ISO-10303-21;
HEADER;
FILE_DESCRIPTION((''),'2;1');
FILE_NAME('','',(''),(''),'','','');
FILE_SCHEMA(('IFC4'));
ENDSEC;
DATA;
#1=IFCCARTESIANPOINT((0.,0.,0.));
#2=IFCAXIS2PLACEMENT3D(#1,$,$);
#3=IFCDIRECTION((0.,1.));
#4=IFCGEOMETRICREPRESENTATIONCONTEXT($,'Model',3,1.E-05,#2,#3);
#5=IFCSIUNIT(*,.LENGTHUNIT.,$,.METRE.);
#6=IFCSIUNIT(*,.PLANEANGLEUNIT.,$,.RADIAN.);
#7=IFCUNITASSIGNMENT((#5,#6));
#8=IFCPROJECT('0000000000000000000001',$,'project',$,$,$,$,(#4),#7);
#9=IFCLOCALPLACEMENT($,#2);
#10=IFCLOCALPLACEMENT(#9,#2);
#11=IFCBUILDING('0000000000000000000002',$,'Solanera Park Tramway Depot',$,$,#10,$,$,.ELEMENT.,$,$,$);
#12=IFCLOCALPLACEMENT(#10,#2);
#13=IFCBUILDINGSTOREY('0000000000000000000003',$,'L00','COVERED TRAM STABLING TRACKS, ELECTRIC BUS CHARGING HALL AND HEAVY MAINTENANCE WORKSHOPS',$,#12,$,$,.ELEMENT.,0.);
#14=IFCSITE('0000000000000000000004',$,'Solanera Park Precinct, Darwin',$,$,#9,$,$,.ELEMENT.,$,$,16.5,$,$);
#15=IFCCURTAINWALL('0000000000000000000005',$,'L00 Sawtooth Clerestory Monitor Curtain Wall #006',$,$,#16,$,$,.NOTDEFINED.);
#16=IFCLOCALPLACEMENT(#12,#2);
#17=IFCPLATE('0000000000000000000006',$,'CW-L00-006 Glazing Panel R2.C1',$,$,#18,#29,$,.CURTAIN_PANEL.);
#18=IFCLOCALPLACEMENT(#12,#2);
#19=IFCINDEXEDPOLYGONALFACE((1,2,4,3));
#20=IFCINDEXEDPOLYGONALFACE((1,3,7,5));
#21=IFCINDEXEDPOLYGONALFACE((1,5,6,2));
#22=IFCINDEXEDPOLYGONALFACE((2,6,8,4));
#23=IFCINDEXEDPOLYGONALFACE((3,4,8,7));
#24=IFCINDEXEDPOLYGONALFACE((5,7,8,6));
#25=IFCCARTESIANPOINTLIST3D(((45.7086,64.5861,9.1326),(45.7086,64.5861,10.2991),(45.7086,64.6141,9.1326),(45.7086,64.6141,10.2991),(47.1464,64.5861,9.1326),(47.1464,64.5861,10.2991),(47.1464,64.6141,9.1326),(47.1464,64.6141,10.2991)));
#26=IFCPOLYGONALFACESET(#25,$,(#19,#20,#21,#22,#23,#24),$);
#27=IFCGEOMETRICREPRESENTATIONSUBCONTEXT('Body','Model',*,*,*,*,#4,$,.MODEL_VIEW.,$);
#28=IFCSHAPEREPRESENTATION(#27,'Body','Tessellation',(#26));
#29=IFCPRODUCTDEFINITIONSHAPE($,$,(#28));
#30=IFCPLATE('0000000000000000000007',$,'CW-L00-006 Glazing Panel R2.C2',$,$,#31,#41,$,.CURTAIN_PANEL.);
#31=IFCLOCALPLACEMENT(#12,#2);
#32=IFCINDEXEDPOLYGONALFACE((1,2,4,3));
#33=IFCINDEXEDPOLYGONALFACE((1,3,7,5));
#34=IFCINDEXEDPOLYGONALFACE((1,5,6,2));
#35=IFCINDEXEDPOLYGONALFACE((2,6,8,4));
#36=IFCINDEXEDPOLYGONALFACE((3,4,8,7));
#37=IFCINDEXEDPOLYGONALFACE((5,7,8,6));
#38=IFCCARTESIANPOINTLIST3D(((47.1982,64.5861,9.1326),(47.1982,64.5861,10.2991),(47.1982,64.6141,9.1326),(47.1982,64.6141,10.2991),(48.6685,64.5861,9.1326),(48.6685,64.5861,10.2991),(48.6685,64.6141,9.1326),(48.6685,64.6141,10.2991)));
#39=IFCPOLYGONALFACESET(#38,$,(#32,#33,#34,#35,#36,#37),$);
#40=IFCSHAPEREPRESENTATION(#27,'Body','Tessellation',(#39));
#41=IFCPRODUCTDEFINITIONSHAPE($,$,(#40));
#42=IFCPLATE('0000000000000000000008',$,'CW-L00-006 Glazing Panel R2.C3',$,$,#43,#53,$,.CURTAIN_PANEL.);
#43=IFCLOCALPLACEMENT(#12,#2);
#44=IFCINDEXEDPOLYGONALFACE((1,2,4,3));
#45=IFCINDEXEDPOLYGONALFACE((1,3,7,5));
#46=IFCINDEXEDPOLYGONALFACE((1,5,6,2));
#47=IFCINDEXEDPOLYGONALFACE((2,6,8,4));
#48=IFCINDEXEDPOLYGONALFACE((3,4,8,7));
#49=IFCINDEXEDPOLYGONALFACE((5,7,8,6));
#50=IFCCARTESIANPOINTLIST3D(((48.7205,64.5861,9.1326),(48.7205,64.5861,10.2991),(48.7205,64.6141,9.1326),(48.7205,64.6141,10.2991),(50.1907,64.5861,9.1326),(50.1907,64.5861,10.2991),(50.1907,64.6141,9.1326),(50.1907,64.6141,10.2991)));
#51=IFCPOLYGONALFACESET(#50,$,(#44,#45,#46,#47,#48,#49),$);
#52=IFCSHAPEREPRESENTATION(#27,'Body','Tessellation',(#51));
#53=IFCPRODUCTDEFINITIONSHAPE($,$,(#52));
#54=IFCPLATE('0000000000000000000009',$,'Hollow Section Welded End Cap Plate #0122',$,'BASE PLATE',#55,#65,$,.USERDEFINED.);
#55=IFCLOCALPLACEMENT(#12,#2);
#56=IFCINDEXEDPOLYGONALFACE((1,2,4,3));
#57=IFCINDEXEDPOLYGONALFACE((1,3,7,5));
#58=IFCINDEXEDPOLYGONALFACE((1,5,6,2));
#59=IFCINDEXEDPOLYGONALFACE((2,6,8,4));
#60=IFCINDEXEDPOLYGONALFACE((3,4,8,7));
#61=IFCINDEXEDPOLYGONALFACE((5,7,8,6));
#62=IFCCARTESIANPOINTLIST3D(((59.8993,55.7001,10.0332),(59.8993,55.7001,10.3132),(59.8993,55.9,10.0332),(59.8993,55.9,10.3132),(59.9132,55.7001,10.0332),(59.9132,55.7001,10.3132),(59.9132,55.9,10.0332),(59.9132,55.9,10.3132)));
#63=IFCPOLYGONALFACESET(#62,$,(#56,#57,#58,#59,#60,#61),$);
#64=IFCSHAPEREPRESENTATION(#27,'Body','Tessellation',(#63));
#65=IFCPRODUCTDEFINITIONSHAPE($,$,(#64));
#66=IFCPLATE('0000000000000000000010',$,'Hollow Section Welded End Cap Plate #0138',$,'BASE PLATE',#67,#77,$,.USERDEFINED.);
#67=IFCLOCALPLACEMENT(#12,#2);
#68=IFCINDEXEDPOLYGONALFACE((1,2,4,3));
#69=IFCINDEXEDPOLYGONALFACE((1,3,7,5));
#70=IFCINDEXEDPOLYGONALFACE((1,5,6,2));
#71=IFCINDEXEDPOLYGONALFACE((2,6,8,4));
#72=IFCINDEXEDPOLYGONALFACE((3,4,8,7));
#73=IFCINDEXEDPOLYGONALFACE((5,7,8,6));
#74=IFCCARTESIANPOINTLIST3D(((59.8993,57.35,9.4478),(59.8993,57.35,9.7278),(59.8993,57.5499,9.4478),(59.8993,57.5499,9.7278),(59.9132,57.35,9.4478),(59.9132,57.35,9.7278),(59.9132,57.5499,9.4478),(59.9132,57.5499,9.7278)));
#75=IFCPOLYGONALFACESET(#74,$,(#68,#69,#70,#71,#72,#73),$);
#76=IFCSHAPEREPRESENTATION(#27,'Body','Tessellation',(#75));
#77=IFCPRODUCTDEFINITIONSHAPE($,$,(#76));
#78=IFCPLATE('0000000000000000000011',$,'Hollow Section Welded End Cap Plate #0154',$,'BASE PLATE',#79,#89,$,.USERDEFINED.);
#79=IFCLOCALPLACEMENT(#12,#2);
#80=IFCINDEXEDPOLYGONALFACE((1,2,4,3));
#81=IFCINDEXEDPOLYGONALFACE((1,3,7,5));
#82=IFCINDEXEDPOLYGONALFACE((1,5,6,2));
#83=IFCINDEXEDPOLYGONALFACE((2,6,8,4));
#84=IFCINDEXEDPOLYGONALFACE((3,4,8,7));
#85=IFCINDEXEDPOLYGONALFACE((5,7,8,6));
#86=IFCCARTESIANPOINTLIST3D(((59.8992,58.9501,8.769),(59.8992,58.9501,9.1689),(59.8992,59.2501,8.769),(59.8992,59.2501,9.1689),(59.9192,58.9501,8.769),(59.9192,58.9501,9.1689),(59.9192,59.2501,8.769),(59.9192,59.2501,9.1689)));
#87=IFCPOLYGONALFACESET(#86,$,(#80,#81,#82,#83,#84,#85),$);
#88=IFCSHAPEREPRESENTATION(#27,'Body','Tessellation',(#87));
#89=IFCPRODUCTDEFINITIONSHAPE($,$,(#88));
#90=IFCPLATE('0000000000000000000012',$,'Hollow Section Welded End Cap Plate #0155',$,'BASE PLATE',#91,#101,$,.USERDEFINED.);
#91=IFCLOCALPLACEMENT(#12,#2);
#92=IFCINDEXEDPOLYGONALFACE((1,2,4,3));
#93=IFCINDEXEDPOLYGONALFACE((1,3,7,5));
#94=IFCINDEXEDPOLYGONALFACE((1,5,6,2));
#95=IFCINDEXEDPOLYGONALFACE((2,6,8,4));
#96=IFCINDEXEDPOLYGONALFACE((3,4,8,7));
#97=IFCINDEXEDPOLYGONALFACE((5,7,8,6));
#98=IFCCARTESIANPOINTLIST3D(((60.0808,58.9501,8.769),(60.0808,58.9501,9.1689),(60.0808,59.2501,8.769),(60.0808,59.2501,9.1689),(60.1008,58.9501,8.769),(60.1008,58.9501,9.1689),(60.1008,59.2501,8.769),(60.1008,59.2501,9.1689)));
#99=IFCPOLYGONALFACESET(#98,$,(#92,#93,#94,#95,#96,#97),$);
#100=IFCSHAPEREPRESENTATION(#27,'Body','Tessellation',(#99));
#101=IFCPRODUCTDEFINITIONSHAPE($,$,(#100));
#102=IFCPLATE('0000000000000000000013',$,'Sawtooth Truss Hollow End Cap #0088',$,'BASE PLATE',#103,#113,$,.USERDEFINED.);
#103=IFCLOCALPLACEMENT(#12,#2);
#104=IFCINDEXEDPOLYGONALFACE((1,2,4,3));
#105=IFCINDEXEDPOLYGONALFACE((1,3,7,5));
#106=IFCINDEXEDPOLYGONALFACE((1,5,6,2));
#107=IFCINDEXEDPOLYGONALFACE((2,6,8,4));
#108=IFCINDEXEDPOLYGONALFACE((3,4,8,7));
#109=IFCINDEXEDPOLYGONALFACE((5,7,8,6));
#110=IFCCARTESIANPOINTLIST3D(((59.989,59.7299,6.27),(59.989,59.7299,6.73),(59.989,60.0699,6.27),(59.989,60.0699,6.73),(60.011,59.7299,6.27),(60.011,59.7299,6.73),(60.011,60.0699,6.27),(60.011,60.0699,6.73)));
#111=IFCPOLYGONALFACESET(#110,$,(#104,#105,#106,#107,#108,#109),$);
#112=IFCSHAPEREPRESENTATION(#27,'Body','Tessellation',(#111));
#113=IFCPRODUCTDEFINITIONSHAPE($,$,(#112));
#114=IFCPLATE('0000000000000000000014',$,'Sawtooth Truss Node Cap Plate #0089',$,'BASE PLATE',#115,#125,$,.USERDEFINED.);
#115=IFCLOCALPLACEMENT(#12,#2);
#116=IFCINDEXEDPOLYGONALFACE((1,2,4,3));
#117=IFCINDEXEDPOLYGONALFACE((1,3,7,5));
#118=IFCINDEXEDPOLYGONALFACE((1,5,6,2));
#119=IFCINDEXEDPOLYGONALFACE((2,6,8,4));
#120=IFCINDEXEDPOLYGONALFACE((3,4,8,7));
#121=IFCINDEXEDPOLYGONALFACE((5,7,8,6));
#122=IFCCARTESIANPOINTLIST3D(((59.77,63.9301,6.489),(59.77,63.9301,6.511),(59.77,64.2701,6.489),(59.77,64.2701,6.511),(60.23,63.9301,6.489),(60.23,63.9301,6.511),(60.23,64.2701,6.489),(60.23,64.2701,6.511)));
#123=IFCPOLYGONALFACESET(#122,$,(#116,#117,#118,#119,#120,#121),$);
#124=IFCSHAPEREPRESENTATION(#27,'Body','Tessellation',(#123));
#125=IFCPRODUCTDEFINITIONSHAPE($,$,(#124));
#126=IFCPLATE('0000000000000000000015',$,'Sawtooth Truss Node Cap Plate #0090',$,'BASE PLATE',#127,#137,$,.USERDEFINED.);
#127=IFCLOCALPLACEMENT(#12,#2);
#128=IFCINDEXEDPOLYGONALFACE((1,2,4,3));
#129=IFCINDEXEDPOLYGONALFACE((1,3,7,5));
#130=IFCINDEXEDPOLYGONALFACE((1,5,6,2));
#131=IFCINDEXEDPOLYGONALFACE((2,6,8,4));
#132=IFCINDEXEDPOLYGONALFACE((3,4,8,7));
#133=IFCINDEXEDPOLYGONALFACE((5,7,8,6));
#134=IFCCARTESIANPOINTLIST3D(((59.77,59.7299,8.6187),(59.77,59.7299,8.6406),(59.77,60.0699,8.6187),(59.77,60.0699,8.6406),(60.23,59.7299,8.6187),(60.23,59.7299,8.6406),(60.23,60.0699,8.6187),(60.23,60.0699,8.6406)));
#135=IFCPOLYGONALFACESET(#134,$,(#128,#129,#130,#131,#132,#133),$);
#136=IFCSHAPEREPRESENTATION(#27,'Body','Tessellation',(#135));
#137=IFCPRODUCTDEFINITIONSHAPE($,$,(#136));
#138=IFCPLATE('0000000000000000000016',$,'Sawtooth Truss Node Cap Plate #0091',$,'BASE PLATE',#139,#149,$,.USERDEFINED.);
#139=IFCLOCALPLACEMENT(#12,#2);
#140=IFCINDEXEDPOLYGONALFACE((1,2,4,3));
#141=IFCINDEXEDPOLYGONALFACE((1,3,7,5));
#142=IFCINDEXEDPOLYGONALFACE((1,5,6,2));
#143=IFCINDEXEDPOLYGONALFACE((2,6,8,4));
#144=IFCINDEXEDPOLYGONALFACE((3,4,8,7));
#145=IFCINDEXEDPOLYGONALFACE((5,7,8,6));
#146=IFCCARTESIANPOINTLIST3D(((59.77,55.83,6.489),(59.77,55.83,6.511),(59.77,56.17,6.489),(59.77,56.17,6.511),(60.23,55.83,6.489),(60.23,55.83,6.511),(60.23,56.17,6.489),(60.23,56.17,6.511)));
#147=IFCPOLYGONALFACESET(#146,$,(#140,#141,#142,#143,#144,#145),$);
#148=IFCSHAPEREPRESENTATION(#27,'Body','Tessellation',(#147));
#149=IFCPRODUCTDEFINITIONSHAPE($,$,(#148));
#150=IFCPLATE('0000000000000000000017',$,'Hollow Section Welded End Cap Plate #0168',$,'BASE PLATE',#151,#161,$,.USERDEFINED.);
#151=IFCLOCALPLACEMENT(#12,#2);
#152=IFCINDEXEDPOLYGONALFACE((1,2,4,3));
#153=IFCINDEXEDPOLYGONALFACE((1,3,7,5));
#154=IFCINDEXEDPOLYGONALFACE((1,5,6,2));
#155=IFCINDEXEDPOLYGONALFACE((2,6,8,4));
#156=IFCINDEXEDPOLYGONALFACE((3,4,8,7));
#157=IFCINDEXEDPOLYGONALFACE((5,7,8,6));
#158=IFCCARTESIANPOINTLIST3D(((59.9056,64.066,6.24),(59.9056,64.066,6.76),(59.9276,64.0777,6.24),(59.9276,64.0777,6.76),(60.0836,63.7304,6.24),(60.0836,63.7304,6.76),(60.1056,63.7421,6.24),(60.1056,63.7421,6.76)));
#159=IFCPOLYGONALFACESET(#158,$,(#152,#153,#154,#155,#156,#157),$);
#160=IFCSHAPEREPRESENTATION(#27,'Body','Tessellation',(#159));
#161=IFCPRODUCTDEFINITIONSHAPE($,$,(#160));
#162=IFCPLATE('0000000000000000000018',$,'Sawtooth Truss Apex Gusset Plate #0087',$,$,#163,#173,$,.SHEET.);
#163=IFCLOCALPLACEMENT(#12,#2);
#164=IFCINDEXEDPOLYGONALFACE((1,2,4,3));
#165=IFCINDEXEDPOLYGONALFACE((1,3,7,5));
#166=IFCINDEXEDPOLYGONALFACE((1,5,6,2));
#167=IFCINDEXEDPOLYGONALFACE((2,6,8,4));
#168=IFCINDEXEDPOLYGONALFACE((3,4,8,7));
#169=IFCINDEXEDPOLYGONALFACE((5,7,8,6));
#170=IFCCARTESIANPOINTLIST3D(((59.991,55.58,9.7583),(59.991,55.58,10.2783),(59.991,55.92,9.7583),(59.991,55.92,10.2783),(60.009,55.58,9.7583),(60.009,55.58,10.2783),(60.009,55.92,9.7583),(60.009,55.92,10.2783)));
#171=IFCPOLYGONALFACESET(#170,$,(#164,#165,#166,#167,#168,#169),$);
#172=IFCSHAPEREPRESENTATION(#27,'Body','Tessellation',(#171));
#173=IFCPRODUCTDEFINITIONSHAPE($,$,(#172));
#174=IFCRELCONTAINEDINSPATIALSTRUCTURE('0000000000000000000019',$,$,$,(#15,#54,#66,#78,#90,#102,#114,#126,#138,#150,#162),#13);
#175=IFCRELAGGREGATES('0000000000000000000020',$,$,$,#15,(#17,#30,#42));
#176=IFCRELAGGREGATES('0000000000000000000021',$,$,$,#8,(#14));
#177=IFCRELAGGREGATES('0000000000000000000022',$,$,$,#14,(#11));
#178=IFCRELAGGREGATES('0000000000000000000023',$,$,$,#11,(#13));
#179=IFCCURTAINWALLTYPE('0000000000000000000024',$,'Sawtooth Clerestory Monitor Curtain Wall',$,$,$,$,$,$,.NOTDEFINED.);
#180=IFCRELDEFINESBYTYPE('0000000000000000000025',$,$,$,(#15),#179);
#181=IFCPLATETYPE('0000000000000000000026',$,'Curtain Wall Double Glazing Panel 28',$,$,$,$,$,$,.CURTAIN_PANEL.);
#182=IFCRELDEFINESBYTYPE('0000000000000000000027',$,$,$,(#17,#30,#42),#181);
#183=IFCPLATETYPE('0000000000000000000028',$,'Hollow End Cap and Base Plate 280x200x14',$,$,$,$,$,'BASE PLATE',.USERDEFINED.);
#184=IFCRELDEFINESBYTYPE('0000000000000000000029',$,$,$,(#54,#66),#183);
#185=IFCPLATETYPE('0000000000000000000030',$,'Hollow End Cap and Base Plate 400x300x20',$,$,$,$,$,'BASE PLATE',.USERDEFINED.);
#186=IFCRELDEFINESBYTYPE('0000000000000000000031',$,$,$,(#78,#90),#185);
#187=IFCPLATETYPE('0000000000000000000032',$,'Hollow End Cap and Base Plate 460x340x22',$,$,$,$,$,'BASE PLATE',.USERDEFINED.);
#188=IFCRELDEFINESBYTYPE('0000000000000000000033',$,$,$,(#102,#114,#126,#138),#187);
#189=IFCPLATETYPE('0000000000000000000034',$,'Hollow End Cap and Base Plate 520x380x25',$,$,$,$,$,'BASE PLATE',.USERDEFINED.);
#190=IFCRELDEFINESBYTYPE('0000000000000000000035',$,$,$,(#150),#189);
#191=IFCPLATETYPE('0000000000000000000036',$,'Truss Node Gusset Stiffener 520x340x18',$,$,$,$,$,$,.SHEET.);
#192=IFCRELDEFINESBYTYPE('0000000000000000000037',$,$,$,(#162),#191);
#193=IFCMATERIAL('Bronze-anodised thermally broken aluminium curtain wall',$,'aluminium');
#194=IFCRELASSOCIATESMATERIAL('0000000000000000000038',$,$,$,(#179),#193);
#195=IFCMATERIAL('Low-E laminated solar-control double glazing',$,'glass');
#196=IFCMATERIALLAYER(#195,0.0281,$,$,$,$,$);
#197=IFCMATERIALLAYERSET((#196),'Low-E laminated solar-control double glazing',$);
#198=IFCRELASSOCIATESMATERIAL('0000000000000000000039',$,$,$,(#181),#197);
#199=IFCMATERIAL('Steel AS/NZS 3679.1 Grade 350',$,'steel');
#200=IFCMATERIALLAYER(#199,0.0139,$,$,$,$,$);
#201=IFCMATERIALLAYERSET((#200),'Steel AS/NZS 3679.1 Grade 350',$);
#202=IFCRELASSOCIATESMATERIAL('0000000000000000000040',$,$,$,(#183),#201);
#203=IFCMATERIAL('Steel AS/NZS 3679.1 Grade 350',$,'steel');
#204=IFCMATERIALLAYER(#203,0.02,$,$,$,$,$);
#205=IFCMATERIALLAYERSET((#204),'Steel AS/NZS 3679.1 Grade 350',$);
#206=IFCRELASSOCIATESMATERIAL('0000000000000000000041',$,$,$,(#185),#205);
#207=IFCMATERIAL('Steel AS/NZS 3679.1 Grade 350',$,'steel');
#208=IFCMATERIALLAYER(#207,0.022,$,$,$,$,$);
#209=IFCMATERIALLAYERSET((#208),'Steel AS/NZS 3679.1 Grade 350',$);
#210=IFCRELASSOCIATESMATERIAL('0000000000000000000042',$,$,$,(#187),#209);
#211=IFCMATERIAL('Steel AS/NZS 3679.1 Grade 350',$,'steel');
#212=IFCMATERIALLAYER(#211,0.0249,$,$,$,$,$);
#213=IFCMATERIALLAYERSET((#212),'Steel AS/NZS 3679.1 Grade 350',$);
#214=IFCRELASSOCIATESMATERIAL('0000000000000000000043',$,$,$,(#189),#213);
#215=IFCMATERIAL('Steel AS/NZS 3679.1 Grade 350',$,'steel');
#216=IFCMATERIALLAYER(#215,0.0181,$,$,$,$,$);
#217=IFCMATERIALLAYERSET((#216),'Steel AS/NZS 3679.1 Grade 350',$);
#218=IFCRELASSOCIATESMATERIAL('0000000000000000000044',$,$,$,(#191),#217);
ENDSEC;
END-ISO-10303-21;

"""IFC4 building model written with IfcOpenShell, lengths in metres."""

from ifc_helpers import new_model, si_unit, direction, frame, origin, origin_2d, place, context, subcontext, project, spatial, rectangle, extrude, material, layer, layer_set, type_object, element, aggregate, save


model = new_model("IFC4")

# Units and contexts
model_context = context("Model", 3, precision=1e-05, world=origin(), true_north=direction((0.0, 1.0)))
body_context = subcontext(model_context, "Body", "Model", "MODEL_VIEW")
ifc_project = project(units=[si_unit("LENGTHUNIT", "METRE"), si_unit("PLANEANGLEUNIT", "RADIAN")], contexts=[model_context])

# Site, building, storey
site_placement = place(None, origin())
site = spatial("IfcSite", under=ifc_project, at=site_placement, Name="Solanera Park Precinct, Darwin", CompositionType="ELEMENT", RefElevation=16.5)
building_placement = place(site_placement, origin())
building = spatial("IfcBuilding", under=site, at=building_placement, Name="Solanera Park Tramway Depot", CompositionType="ELEMENT")
storey_placement = place(building_placement, origin())
storey = spatial("IfcBuildingStorey", under=building, at=storey_placement, Name="L00", Description="COVERED TRAM STABLING TRACKS, ELECTRIC BUS CHARGING HALL AND HEAVY MAINTENANCE WORKSHOPS", CompositionType="ELEMENT", Elevation=0.0)

# Curtain wall
ifc_material_1 = material(Name="Bronze-anodised thermally broken aluminium curtain wall", Category="aluminium")
curtain_wall_type = type_object("IfcCurtainWallType", Name="Sawtooth Clerestory Monitor Curtain Wall", PredefinedType="NOTDEFINED", material=ifc_material_1)
curtain_wall_placement = place(storey_placement, origin())
curtain_wall = element("IfcCurtainWall", 1, at=curtain_wall_placement, inside=storey, type_object=curtain_wall_type, Name="L00 Sawtooth Clerestory Monitor Curtain Wall #006", PredefinedType="NOTDEFINED")

# Plates
ifc_material_2 = material(Name="Low-E laminated solar-control double glazing", Category="glass")
ifc_layer_1 = layer(ifc_material_2, 0.0281)
ifc_layer_set_1 = layer_set([ifc_layer_1], Name="Low-E laminated solar-control double glazing")
plate_type_1 = type_object("IfcPlateType", Name="Curtain Wall Double Glazing Panel 28", PredefinedType="CURTAIN_PANEL", material=ifc_layer_set_1)
plate_1_placement = place(storey_placement, frame((46.4275, 64.6001, 9.1326), z_axis=(0.0, 0.0, 1.0), x_axis=(1.0, 0.0, 0.0)))
plate_1 = element("IfcPlate", 2, at=plate_1_placement, type_object=plate_type_1, Name="CW-L00-006 Glazing Panel R2.C1", PredefinedType="CURTAIN_PANEL", context=body_context, shape_type="SweptSolid", body=[
    extrude(rectangle(XDim=1.4377, YDim=0.0281, at=origin_2d()), origin(), (0.0, 0.0, 1.0), 1.1665),
])
plate_2_placement = place(storey_placement, frame((47.9333, 64.6001, 9.1326), z_axis=(0.0, 0.0, 1.0), x_axis=(1.0, 0.0, 0.0)))
plate_2 = element("IfcPlate", 3, at=plate_2_placement, type_object=plate_type_1, Name="CW-L00-006 Glazing Panel R2.C2", PredefinedType="CURTAIN_PANEL", context=body_context, shape_type="SweptSolid", body=[
    extrude(rectangle(XDim=1.4702, YDim=0.0281, at=origin_2d()), origin(), (0.0, 0.0, 1.0), 1.1665),
])
plate_3_placement = place(storey_placement, frame((49.4556, 64.6001, 9.1326), z_axis=(0.0, 0.0, 1.0), x_axis=(1.0, 0.0, 0.0)))
plate_3 = element("IfcPlate", 4, at=plate_3_placement, type_object=plate_type_1, Name="CW-L00-006 Glazing Panel R2.C3", PredefinedType="CURTAIN_PANEL", context=body_context, shape_type="SweptSolid", body=[
    extrude(rectangle(XDim=1.4702, YDim=0.0281, at=origin_2d()), origin(), (0.0, 0.0, 1.0), 1.1665),
])
aggregate(curtain_wall, [plate_1, plate_2, plate_3])

# Plates
ifc_material_3 = material(Name="Steel AS/NZS 3679.1 Grade 350", Category="steel")
ifc_layer_2 = layer(ifc_material_3, 0.0139)
ifc_layer_set_2 = layer_set([ifc_layer_2], Name="Steel AS/NZS 3679.1 Grade 350")
plate_type_2 = type_object("IfcPlateType", Name="Hollow End Cap and Base Plate 280x200x14", ElementType="BASE PLATE", PredefinedType="USERDEFINED", material=ifc_layer_set_2)
for number, where, z_axis, x_axis, name in (
    (5, (59.9062, 55.8, 10.0332), (0.0, 0.0, 1.0), (1.0, 0.0, 0.0), "Hollow Section Welded End Cap Plate #0122"),
    (6, (59.9062, 57.45, 9.4478), (0.0, 0.0, 1.0), (1.0, 0.0, 0.0), "Hollow Section Welded End Cap Plate #0138"),
):
    element("IfcPlate", number, at=place(storey_placement, frame(where, z_axis=z_axis, x_axis=x_axis)), inside=storey, type_object=plate_type_2, Name=name, ObjectType="BASE PLATE", PredefinedType="USERDEFINED", context=body_context, shape_type="SweptSolid", body=[
        extrude(rectangle(XDim=0.0139, YDim=0.2, at=origin_2d()), origin(), (0.0, 0.0, 1.0), 0.28),
    ])
ifc_material_4 = material(Name="Steel AS/NZS 3679.1 Grade 350", Category="steel")
ifc_layer_3 = layer(ifc_material_4, 0.02)
ifc_layer_set_3 = layer_set([ifc_layer_3], Name="Steel AS/NZS 3679.1 Grade 350")
plate_type_3 = type_object("IfcPlateType", Name="Hollow End Cap and Base Plate 400x300x20", ElementType="BASE PLATE", PredefinedType="USERDEFINED", material=ifc_layer_set_3)
for number, where, z_axis, x_axis, name in (
    (7, (59.9092, 59.1001, 8.769), (0.0, 0.0, 1.0), (1.0, 0.0, 0.0), "Hollow Section Welded End Cap Plate #0154"),
    (8, (60.0908, 59.1001, 8.769), (0.0, 0.0, 1.0), (1.0, 0.0, 0.0), "Hollow Section Welded End Cap Plate #0155"),
):
    element("IfcPlate", number, at=place(storey_placement, frame(where, z_axis=z_axis, x_axis=x_axis)), inside=storey, type_object=plate_type_3, Name=name, ObjectType="BASE PLATE", PredefinedType="USERDEFINED", context=body_context, shape_type="SweptSolid", body=[
        extrude(rectangle(XDim=0.02, YDim=0.3, at=origin_2d()), origin(), (0.0, 0.0, 1.0), 0.3999),
    ])
ifc_material_5 = material(Name="Steel AS/NZS 3679.1 Grade 350", Category="steel")
ifc_layer_4 = layer(ifc_material_5, 0.022)
ifc_layer_set_4 = layer_set([ifc_layer_4], Name="Steel AS/NZS 3679.1 Grade 350")
plate_type_4 = type_object("IfcPlateType", Name="Hollow End Cap and Base Plate 460x340x22", ElementType="BASE PLATE", PredefinedType="USERDEFINED", material=ifc_layer_set_4)
plate_4_placement = place(storey_placement, frame((60.0, 59.8999, 6.27), z_axis=(0.0, 0.0, 1.0), x_axis=(1.0, 0.0, 0.0)))
element("IfcPlate", 9, at=plate_4_placement, inside=storey, type_object=plate_type_4, Name="Sawtooth Truss Hollow End Cap #0088", ObjectType="BASE PLATE", PredefinedType="USERDEFINED", context=body_context, shape_type="SweptSolid", body=[
    extrude(rectangle(XDim=0.022, YDim=0.3401, at=origin_2d()), origin(), (0.0, 0.0, 1.0), 0.46),
])
for number, where, z_axis, x_axis, name in (
    (10, (60.0, 64.1001, 6.489), (0.0, 0.0, 1.0), (1.0, 0.0, 0.0), "Sawtooth Truss Node Cap Plate #0089"),
    (11, (60.0, 59.8999, 8.6187), (0.0, 0.0, 1.0), (1.0, 0.0, 0.0), "Sawtooth Truss Node Cap Plate #0090"),
    (12, (60.0, 56.0, 6.489), (0.0, 0.0, 1.0), (1.0, 0.0, 0.0), "Sawtooth Truss Node Cap Plate #0091"),
):
    element("IfcPlate", number, at=place(storey_placement, frame(where, z_axis=z_axis, x_axis=x_axis)), inside=storey, type_object=plate_type_4, Name=name, ObjectType="BASE PLATE", PredefinedType="USERDEFINED", context=body_context, shape_type="SweptSolid", body=[
        extrude(rectangle(XDim=0.46, YDim=0.3401, at=origin_2d()), origin(), (0.0, 0.0, 1.0), 0.022),
    ])
ifc_material_6 = material(Name="Steel AS/NZS 3679.1 Grade 350", Category="steel")
ifc_layer_5 = layer(ifc_material_6, 0.0249)
ifc_layer_set_5 = layer_set([ifc_layer_5], Name="Steel AS/NZS 3679.1 Grade 350")
plate_type_5 = type_object("IfcPlateType", Name="Hollow End Cap and Base Plate 520x380x25", ElementType="BASE PLATE", PredefinedType="USERDEFINED", material=ifc_layer_set_5)
plate_5_placement = place(storey_placement, frame((60.0056, 63.9041, 6.24), z_axis=(0.0, 0.0, 1.0), x_axis=(0.883521, 0.468392, 0.0)))
element("IfcPlate", 13, at=plate_5_placement, inside=storey, type_object=plate_type_5, Name="Hollow Section Welded End Cap Plate #0168", ObjectType="BASE PLATE", PredefinedType="USERDEFINED", context=body_context, shape_type="SweptSolid", body=[
    extrude(rectangle(XDim=0.0249, YDim=0.3799, at=origin_2d()), origin(), (0.0, 0.0, 1.0), 0.52),
])
ifc_material_7 = material(Name="Steel AS/NZS 3679.1 Grade 350", Category="steel")
ifc_layer_6 = layer(ifc_material_7, 0.0181)
ifc_layer_set_6 = layer_set([ifc_layer_6], Name="Steel AS/NZS 3679.1 Grade 350")
plate_type_6 = type_object("IfcPlateType", Name="Truss Node Gusset Stiffener 520x340x18", PredefinedType="SHEET", material=ifc_layer_set_6)
plate_6_placement = place(storey_placement, frame((60.0, 55.75, 9.7583), z_axis=(0.0, 0.0, 1.0), x_axis=(1.0, 0.0, 0.0)))
element("IfcPlate", 14, at=plate_6_placement, inside=storey, type_object=plate_type_6, Name="Sawtooth Truss Apex Gusset Plate #0087", PredefinedType="SHEET", context=body_context, shape_type="SweptSolid", body=[
    extrude(rectangle(XDim=0.0181, YDim=0.3401, at=origin_2d()), origin(), (0.0, 0.0, 1.0), 0.52),
])

save(model, "model.ifc")
